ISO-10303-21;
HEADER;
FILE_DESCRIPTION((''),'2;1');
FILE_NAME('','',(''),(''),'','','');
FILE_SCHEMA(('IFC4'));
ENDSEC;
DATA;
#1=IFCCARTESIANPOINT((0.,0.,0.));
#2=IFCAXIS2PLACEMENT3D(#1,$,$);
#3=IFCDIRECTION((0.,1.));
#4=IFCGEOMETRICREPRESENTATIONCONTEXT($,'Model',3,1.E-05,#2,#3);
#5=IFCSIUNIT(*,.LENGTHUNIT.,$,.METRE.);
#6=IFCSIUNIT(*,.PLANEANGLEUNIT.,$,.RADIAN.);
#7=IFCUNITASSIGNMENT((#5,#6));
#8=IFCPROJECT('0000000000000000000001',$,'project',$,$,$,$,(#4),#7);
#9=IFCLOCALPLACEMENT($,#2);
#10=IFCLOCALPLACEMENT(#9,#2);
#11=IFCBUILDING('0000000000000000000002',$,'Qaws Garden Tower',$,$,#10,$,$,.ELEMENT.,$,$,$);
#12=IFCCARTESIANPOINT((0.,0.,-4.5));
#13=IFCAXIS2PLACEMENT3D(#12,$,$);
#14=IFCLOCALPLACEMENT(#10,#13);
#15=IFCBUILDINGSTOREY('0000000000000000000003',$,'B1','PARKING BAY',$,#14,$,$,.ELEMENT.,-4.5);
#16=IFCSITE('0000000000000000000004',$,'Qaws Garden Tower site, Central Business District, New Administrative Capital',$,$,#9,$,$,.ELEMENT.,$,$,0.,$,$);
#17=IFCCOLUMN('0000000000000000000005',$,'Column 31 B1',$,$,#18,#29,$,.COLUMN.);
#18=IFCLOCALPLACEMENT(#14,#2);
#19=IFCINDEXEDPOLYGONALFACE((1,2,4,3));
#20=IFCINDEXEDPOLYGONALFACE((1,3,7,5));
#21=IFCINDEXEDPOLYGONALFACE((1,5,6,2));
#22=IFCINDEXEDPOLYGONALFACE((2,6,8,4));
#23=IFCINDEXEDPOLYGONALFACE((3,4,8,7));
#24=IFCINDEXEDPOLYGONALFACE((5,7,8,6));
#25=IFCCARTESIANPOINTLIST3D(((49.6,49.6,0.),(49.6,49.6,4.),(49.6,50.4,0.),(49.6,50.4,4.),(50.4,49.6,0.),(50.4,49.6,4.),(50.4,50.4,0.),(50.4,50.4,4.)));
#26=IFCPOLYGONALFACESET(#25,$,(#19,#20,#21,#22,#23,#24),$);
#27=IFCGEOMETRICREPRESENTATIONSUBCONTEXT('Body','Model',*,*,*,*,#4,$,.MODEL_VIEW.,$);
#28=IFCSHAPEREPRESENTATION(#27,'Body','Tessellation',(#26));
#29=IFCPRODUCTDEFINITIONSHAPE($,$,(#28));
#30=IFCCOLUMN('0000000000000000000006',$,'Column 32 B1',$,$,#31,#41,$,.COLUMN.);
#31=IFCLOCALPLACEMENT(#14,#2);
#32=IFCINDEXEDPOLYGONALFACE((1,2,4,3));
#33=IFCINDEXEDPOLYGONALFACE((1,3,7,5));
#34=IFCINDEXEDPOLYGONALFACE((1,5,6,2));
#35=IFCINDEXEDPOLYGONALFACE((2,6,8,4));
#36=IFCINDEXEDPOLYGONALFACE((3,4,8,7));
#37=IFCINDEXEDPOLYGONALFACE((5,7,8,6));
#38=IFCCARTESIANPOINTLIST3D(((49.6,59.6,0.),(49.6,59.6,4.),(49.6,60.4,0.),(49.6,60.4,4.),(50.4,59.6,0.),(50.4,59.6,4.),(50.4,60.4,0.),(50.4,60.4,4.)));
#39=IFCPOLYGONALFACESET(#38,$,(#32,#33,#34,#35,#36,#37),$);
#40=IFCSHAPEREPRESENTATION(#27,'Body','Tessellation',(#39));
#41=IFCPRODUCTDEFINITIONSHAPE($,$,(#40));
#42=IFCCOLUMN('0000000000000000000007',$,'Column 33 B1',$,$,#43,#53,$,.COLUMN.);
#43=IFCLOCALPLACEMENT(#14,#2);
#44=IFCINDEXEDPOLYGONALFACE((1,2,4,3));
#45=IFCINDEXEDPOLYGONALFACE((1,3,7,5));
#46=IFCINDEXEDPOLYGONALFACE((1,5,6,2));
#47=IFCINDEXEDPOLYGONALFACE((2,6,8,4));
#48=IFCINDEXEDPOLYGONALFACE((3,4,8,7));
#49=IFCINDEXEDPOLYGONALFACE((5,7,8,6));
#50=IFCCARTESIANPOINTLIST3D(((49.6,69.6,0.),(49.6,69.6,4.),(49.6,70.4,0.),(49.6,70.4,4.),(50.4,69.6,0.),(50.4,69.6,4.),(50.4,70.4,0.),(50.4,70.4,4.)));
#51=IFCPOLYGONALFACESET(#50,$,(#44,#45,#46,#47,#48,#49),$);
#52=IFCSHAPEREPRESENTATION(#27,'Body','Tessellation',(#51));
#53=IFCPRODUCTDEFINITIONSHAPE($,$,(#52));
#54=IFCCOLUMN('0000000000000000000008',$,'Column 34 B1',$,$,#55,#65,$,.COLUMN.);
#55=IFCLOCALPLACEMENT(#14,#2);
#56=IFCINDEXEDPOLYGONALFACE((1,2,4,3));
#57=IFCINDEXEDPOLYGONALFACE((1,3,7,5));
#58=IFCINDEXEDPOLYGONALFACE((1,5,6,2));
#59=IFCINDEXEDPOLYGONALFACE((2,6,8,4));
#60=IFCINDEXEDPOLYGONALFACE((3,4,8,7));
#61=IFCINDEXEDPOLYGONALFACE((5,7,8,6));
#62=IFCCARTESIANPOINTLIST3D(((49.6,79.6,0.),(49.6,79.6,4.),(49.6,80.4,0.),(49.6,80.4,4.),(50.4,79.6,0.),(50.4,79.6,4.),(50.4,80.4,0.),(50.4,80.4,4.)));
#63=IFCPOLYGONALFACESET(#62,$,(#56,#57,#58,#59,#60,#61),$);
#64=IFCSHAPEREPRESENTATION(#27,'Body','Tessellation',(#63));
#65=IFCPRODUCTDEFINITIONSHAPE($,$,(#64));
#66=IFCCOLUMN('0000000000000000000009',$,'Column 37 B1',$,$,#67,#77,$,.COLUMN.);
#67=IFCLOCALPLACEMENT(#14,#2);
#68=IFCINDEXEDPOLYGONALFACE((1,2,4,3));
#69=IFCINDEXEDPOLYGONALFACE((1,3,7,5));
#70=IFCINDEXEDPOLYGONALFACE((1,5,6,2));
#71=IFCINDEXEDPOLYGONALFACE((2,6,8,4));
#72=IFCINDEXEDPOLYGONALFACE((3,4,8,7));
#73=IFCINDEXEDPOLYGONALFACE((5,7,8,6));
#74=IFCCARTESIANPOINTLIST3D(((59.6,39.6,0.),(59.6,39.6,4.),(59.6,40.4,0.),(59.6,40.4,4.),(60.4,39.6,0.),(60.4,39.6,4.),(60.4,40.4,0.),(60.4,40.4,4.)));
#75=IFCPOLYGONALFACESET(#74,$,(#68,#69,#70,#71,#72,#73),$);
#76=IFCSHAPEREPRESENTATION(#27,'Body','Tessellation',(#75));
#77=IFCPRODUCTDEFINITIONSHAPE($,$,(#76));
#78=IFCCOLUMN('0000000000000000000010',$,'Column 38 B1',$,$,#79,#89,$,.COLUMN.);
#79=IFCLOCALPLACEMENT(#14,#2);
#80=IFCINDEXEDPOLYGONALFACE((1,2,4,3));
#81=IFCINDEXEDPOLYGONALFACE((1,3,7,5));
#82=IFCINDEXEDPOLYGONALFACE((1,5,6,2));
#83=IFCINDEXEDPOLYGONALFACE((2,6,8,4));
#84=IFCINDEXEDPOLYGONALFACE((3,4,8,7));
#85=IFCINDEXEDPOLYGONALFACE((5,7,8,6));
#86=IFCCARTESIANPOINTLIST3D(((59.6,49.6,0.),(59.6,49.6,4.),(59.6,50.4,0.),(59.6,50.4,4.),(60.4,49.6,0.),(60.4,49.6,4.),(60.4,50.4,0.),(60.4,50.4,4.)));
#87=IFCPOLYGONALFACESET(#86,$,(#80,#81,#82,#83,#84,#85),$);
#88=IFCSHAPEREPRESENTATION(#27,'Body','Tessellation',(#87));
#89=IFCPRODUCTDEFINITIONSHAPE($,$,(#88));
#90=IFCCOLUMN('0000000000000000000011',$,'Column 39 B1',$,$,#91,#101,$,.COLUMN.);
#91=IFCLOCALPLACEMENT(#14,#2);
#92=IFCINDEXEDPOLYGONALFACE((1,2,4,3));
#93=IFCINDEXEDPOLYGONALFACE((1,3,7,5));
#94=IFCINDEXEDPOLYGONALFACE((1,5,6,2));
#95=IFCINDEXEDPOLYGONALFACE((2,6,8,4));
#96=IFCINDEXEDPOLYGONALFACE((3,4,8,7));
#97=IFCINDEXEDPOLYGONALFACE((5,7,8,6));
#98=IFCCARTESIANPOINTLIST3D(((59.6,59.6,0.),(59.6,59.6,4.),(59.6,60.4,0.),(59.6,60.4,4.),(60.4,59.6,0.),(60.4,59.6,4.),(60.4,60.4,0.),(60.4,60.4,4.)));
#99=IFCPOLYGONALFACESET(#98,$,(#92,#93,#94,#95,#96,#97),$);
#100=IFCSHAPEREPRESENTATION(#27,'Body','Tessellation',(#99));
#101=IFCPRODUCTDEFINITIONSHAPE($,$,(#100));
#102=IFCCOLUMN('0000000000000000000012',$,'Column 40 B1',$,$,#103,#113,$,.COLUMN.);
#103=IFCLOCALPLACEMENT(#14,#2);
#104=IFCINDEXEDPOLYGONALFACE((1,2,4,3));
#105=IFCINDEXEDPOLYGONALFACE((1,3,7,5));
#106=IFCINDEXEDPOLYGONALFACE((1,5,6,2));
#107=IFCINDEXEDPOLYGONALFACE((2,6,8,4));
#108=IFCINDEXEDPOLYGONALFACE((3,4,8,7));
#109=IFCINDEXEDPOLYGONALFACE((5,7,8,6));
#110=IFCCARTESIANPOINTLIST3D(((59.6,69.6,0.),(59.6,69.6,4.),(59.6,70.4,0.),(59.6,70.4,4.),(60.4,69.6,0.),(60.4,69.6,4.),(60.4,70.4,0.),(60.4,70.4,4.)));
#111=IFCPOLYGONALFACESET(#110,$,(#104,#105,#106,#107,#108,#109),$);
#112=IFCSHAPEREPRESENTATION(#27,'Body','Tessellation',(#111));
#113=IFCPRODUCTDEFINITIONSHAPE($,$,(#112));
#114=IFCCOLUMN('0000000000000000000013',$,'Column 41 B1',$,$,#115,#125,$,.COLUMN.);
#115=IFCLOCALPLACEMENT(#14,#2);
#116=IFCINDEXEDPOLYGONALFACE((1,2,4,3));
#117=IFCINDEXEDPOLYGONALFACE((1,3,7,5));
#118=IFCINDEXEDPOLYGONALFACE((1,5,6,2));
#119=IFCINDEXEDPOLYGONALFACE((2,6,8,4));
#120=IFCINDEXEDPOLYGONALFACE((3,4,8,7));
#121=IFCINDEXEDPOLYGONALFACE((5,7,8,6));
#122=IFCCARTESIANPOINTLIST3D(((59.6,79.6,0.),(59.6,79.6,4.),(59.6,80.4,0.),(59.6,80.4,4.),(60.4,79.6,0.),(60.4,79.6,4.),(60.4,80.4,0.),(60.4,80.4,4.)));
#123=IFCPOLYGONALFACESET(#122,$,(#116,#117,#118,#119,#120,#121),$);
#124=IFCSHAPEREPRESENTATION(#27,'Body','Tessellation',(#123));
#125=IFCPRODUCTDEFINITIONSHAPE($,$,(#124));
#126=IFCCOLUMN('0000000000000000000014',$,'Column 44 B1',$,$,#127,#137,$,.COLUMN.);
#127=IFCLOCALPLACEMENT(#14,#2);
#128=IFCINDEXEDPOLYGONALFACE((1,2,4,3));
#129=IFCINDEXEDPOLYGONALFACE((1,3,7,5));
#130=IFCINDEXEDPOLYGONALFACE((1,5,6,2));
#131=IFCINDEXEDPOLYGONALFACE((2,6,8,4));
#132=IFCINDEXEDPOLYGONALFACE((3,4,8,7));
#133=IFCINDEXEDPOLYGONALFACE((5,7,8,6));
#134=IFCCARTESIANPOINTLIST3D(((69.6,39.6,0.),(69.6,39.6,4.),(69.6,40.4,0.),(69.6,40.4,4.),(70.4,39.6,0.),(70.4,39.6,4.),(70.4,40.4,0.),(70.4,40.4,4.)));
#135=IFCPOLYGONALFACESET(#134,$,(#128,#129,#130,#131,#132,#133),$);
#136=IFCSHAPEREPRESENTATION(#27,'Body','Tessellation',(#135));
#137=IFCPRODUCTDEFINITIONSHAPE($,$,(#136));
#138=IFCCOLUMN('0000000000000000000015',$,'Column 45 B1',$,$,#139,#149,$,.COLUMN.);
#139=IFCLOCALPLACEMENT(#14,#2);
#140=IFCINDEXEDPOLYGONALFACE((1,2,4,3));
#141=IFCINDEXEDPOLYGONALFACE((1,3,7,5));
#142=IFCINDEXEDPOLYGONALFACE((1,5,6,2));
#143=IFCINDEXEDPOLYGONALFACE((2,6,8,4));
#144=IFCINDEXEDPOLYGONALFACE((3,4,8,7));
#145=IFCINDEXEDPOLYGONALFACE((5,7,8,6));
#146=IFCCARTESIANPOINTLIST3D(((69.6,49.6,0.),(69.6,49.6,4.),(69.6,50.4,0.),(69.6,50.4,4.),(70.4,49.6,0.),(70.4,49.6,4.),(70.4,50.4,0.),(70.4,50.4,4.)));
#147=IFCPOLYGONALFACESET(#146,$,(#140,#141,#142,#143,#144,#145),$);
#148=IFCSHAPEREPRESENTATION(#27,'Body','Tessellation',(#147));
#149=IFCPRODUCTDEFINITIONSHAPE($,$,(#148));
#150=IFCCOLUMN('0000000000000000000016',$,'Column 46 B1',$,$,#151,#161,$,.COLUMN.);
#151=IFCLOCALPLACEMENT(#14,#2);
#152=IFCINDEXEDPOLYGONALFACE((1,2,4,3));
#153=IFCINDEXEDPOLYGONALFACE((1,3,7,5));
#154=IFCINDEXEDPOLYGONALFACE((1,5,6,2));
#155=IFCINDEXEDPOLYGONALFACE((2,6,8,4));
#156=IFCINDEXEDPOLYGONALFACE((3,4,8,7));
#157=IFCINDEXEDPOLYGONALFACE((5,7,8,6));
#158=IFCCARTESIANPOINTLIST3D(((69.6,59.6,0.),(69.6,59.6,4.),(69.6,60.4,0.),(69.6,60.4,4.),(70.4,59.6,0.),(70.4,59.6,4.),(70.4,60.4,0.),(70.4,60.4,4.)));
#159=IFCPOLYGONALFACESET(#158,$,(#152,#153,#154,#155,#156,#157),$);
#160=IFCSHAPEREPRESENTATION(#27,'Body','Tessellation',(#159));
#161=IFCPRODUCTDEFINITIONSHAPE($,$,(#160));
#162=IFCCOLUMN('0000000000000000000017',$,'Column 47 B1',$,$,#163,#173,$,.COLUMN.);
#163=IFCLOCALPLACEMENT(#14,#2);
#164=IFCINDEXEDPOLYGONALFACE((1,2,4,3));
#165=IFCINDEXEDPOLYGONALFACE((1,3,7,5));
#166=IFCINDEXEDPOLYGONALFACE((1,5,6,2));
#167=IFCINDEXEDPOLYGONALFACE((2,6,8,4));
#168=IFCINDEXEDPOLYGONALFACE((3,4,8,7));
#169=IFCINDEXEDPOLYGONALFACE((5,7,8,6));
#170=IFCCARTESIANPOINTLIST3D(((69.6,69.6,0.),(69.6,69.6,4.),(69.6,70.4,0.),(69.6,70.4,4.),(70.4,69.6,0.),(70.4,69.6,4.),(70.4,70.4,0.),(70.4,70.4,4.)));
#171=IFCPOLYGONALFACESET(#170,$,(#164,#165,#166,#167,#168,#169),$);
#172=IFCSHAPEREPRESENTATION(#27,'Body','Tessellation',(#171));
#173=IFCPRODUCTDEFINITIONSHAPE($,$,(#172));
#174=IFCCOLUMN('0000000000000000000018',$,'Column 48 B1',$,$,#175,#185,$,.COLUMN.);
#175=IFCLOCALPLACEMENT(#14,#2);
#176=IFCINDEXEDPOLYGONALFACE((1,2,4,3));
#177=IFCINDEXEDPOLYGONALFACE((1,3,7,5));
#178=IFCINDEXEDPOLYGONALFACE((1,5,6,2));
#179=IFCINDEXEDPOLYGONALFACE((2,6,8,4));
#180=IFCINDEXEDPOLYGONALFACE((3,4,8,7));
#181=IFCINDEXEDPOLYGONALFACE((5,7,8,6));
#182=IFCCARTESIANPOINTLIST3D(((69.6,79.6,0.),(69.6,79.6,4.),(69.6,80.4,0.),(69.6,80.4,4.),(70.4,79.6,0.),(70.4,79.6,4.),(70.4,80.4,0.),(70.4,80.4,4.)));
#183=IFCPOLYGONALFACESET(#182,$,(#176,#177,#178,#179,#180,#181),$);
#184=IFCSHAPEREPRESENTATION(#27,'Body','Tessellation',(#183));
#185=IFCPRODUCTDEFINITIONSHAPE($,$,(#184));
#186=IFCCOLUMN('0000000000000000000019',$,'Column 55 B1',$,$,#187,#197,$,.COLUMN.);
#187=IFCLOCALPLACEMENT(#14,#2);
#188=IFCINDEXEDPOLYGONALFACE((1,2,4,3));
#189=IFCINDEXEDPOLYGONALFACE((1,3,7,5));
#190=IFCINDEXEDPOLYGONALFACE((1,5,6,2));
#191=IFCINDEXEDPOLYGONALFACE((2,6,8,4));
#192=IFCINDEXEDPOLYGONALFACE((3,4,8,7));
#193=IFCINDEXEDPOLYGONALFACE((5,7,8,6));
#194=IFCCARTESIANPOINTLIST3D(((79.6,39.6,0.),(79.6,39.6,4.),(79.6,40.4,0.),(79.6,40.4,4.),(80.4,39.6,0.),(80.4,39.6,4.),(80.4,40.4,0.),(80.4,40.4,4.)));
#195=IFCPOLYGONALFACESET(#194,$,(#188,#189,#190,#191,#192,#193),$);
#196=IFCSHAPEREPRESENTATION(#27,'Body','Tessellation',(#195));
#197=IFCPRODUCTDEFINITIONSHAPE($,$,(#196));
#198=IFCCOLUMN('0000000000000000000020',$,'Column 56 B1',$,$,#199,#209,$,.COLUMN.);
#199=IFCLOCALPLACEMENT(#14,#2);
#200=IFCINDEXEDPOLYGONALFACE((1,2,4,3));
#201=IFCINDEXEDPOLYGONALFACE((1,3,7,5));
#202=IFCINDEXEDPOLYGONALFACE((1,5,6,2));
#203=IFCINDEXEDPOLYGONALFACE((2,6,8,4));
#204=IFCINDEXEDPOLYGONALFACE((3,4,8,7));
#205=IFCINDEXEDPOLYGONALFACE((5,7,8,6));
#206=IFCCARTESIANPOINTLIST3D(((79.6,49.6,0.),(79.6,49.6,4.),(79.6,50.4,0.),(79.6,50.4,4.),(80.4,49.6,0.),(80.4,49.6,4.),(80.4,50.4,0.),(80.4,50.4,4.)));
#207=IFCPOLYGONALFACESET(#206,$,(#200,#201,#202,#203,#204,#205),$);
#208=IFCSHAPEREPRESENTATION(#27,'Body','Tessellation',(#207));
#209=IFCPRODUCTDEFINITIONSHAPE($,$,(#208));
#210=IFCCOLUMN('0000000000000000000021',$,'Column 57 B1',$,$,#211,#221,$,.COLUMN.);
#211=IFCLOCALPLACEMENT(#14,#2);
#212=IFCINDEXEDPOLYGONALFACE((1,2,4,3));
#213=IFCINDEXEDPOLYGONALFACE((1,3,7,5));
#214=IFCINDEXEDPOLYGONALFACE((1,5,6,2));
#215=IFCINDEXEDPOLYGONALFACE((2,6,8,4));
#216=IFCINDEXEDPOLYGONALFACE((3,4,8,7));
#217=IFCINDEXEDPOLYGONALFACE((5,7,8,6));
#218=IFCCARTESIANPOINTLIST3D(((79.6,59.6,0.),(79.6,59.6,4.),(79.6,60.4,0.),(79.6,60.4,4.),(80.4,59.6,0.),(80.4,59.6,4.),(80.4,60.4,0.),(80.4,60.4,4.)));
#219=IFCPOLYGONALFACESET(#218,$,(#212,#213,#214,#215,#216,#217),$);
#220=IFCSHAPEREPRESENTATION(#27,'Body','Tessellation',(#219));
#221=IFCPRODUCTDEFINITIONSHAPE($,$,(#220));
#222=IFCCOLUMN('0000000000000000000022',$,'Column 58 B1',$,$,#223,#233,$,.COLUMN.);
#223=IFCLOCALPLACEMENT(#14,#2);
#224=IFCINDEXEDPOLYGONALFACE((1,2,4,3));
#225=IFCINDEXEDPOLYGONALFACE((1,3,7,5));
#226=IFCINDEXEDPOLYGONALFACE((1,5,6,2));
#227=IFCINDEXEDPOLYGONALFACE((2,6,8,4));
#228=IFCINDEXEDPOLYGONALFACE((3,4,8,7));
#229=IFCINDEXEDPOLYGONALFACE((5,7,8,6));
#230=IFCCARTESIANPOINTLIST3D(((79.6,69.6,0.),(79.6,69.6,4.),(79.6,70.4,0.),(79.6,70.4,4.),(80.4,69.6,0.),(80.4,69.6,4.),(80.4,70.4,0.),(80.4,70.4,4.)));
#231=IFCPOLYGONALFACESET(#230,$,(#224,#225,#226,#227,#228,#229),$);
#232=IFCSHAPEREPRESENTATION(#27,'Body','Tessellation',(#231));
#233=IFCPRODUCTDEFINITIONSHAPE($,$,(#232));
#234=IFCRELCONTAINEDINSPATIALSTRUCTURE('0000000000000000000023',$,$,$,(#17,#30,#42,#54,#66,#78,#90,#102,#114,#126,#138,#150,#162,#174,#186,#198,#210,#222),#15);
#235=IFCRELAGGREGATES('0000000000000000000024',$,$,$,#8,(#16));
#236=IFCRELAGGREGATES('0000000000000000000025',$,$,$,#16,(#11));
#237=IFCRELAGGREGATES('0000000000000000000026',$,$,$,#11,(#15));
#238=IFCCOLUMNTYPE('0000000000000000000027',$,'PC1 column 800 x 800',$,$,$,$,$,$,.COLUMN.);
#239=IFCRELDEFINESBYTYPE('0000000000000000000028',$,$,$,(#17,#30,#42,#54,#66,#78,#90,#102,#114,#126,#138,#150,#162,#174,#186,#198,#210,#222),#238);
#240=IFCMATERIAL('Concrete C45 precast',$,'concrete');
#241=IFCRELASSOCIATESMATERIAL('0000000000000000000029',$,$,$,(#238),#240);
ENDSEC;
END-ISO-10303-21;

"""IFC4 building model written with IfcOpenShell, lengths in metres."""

from ifc_helpers import new_model, si_unit, direction, frame, origin, origin_2d, place, context, subcontext, project, spatial, rectangle, extrude, material, material_profile, profile_set, type_object, element, save


model = new_model("IFC4")

# Units and contexts
model_context = context("Model", 3, precision=1e-05, world=origin(), true_north=direction((0.0, 1.0)))
body_context = subcontext(model_context, "Body", "Model", "MODEL_VIEW")
ifc_project = project(units=[si_unit("LENGTHUNIT", "METRE"), si_unit("PLANEANGLEUNIT", "RADIAN")], contexts=[model_context])

# Site, building, storey
site_placement = place(None, origin())
site = spatial("IfcSite", under=ifc_project, at=site_placement, Name="Qaws Garden Tower site, Central Business District, New Administrative Capital", CompositionType="ELEMENT", RefElevation=0.0)
building_placement = place(site_placement, origin())
building = spatial("IfcBuilding", under=site, at=building_placement, Name="Qaws Garden Tower", CompositionType="ELEMENT")
storey_placement = place(building_placement, frame((0.0, 0.0, -4.5)))
storey = spatial("IfcBuildingStorey", under=building, at=storey_placement, Name="B1", Description="PARKING BAY", CompositionType="ELEMENT", Elevation=-4.5)

# Columns
ifc_material_1 = material(Name="Concrete C45 precast", Category="concrete")
ifc_material_profile = material_profile(ifc_material_1, rectangle(XDim=0.8, YDim=0.8, at=origin_2d()), Name="PC1 column 800 x 800")
ifc_profile_set = profile_set([ifc_material_profile], Name="Concrete C45 precast")
column_type = type_object("IfcColumnType", Name="PC1 column 800 x 800", PredefinedType="COLUMN", material=ifc_profile_set)
for number, where, z_axis, x_axis, name in (
    (1, (50.0, 50.0, 0.0), (0.0, 0.0, 1.0), (1.0, 0.0, 0.0), "Column 31 B1"),
    (2, (50.0, 60.0, 0.0), (0.0, 0.0, 1.0), (1.0, 0.0, 0.0), "Column 32 B1"),
    (3, (50.0, 70.0, 0.0), (0.0, 0.0, 1.0), (1.0, 0.0, 0.0), "Column 33 B1"),
    (4, (50.0, 80.0, 0.0), (0.0, 0.0, 1.0), (1.0, 0.0, 0.0), "Column 34 B1"),
    (5, (60.0, 40.0, 0.0), (0.0, 0.0, 1.0), (1.0, 0.0, 0.0), "Column 37 B1"),
    (6, (60.0, 50.0, 0.0), (0.0, 0.0, 1.0), (1.0, 0.0, 0.0), "Column 38 B1"),
    (7, (60.0, 60.0, 0.0), (0.0, 0.0, 1.0), (1.0, 0.0, 0.0), "Column 39 B1"),
    (8, (60.0, 70.0, 0.0), (0.0, 0.0, 1.0), (1.0, 0.0, 0.0), "Column 40 B1"),
    (9, (60.0, 80.0, 0.0), (0.0, 0.0, 1.0), (1.0, 0.0, 0.0), "Column 41 B1"),
    (10, (70.0, 40.0, 0.0), (0.0, 0.0, 1.0), (1.0, 0.0, 0.0), "Column 44 B1"),
    (11, (70.0, 50.0, 0.0), (0.0, 0.0, 1.0), (1.0, 0.0, 0.0), "Column 45 B1"),
    (12, (70.0, 60.0, 0.0), (0.0, 0.0, 1.0), (1.0, 0.0, 0.0), "Column 46 B1"),
    (13, (70.0, 70.0, 0.0), (0.0, 0.0, 1.0), (1.0, 0.0, 0.0), "Column 47 B1"),
    (14, (70.0, 80.0, 0.0), (0.0, 0.0, 1.0), (1.0, 0.0, 0.0), "Column 48 B1"),
    (15, (80.0, 40.0, 0.0), (0.0, 0.0, 1.0), (1.0, 0.0, 0.0), "Column 55 B1"),
    (16, (80.0, 50.0, 0.0), (0.0, 0.0, 1.0), (1.0, 0.0, 0.0), "Column 56 B1"),
    (17, (80.0, 60.0, 0.0), (0.0, 0.0, 1.0), (1.0, 0.0, 0.0), "Column 57 B1"),
    (18, (80.0, 70.0, 0.0), (0.0, 0.0, 1.0), (1.0, 0.0, 0.0), "Column 58 B1"),
):
    element("IfcColumn", number, at=place(storey_placement, frame(where, z_axis=z_axis, x_axis=x_axis)), inside=storey, type_object=column_type, Name=name, PredefinedType="COLUMN", context=body_context, shape_type="SweptSolid", body=[
        extrude(rectangle(XDim=0.8, YDim=0.8, at=origin_2d()), origin(), (0.0, 0.0, 1.0), 4.0),
    ])

save(model, "model.ifc")
